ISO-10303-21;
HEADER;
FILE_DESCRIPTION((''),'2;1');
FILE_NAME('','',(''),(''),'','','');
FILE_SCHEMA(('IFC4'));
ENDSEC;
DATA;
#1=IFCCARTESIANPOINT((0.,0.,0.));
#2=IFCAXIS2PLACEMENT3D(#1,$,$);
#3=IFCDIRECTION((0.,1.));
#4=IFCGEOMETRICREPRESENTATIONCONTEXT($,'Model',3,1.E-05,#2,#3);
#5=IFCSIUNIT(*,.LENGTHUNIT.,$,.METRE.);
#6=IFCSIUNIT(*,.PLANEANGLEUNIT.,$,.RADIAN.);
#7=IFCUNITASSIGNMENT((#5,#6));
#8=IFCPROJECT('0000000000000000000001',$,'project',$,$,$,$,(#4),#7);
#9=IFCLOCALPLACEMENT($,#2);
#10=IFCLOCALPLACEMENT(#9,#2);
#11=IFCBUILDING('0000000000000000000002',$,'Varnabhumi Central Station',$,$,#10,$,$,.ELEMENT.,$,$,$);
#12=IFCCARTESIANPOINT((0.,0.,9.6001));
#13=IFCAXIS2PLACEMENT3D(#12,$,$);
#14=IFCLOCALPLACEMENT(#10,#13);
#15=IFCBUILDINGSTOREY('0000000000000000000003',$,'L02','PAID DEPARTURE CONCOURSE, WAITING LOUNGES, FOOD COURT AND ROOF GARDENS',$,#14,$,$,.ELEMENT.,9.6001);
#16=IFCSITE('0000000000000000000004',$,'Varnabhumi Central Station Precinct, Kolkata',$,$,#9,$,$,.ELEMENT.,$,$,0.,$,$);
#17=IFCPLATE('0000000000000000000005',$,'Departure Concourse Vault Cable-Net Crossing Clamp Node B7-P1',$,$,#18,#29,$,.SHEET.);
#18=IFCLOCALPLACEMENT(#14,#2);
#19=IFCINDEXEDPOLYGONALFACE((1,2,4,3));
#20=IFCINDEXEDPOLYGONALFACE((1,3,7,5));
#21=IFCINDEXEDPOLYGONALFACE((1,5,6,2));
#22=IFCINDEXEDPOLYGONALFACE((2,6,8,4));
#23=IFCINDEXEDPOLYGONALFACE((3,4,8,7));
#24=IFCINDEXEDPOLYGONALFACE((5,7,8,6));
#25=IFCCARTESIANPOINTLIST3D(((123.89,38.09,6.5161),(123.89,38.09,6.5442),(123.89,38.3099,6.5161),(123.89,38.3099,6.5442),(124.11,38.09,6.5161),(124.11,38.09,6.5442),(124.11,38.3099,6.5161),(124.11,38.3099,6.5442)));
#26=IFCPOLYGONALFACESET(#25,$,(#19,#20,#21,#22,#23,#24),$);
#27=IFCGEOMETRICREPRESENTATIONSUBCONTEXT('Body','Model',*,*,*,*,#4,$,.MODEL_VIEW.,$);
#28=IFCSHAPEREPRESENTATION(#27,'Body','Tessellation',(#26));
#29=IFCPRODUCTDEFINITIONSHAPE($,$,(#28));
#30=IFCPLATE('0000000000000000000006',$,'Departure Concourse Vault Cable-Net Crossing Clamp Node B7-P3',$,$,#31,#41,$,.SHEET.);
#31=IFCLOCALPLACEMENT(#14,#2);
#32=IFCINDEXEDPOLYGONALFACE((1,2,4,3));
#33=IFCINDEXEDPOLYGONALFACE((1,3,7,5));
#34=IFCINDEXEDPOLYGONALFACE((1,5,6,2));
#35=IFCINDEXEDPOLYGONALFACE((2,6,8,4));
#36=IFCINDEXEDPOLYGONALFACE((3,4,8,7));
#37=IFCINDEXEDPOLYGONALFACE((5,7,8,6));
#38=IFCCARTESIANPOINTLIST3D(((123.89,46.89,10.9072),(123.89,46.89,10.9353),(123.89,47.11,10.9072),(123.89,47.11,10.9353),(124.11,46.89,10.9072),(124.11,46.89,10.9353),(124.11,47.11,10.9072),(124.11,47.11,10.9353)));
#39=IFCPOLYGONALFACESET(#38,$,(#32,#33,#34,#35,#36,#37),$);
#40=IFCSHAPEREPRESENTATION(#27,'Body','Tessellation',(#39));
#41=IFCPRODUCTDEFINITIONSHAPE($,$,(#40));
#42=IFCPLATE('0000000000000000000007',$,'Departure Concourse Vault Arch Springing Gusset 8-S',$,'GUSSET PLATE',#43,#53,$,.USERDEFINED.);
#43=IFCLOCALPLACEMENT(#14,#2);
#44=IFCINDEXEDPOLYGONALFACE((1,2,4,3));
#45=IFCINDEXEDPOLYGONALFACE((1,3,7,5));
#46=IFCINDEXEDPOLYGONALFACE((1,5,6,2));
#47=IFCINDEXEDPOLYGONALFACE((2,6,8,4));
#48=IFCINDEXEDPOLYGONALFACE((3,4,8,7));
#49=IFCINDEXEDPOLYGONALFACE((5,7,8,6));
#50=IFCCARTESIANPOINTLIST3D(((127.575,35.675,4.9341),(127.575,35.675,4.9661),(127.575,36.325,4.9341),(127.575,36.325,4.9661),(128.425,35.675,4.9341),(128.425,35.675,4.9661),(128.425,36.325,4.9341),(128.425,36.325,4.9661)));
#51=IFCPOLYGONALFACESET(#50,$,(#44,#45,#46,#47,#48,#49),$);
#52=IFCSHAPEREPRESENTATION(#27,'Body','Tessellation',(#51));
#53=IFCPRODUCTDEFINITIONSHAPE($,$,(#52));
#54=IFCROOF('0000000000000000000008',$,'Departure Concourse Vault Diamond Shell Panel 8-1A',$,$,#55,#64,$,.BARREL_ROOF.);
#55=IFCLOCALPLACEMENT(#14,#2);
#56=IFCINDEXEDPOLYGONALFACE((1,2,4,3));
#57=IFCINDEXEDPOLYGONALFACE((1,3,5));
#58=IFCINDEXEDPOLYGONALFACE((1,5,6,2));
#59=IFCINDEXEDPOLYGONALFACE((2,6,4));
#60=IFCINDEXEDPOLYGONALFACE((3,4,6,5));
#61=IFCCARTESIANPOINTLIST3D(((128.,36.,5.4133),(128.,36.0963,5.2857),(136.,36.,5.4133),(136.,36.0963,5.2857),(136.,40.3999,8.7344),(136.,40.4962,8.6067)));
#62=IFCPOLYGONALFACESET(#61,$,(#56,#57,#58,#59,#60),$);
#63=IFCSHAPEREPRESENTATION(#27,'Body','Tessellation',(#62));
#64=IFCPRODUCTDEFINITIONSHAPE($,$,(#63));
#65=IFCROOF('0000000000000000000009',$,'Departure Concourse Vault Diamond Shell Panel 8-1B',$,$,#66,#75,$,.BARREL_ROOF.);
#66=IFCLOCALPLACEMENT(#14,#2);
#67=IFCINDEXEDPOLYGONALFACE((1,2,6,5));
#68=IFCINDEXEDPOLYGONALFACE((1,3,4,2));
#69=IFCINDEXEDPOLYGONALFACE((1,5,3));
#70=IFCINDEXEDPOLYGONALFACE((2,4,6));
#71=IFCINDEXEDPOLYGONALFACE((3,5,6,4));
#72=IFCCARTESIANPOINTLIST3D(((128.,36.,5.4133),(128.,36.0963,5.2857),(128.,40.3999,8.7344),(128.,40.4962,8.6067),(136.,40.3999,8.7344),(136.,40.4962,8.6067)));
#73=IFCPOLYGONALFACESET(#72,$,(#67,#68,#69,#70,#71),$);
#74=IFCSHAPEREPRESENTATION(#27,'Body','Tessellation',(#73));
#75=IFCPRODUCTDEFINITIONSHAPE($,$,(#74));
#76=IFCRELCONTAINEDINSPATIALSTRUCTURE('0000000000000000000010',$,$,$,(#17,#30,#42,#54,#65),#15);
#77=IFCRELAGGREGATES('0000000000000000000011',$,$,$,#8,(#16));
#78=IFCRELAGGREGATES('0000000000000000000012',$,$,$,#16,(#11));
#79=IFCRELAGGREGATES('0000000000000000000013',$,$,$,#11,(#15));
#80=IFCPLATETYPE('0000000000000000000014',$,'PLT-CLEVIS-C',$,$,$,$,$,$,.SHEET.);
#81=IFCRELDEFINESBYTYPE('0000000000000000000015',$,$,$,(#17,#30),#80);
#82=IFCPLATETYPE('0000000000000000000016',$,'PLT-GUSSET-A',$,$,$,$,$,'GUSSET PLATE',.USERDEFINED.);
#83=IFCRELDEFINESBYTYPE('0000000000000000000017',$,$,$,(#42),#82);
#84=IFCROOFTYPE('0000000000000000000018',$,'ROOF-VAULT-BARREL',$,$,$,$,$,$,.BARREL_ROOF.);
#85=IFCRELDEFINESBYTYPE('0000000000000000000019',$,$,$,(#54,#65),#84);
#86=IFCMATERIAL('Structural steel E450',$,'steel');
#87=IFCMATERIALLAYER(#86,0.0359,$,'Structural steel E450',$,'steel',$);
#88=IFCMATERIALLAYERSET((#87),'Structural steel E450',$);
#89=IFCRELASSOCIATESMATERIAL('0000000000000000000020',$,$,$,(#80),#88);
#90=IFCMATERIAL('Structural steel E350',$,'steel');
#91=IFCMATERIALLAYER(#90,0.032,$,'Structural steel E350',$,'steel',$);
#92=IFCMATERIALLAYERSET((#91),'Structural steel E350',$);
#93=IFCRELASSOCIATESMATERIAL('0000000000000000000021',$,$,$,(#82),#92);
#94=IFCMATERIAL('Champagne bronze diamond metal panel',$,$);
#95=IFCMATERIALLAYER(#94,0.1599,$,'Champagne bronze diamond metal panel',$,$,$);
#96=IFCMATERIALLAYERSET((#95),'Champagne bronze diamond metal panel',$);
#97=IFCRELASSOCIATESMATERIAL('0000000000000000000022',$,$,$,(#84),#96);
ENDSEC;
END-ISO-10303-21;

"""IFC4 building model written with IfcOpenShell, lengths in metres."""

from ifc_helpers import new_model, si_unit, direction, frame, origin, origin_2d, place, context, subcontext, project, spatial, polyline, rectangle, outline, extrude, material, layer, layer_set, type_object, element, save


model = new_model("IFC4")

# Units and contexts
model_context = context("Model", 3, precision=1e-05, world=origin(), true_north=direction((0.0, 1.0)))
body_context = subcontext(model_context, "Body", "Model", "MODEL_VIEW")
ifc_project = project(units=[si_unit("LENGTHUNIT", "METRE"), si_unit("PLANEANGLEUNIT", "RADIAN")], contexts=[model_context])

# Site, building, storey
site_placement = place(None, origin())
site = spatial("IfcSite", under=ifc_project, at=site_placement, Name="Varnabhumi Central Station Precinct, Kolkata", CompositionType="ELEMENT", RefElevation=0.0)
building_placement = place(site_placement, origin())
building = spatial("IfcBuilding", under=site, at=building_placement, Name="Varnabhumi Central Station", CompositionType="ELEMENT")
storey_placement = place(building_placement, frame((0.0, 0.0, 9.6001)))
storey = spatial("IfcBuildingStorey", under=building, at=storey_placement, Name="L02", Description="PAID DEPARTURE CONCOURSE, WAITING LOUNGES, FOOD COURT AND ROOF GARDENS", CompositionType="ELEMENT", Elevation=9.6001)

# Shared definitions
ifc_material_1 = material(Name="Structural steel E350", Category="steel")

# Plates
ifc_material_2 = material(Name="Structural steel E450", Category="steel")
ifc_layer_1 = layer(ifc_material_2, 0.0359, Name="Structural steel E450", Category="steel")
ifc_layer_set_1 = layer_set([ifc_layer_1], Name="Structural steel E450")
plate_type_1 = type_object("IfcPlateType", Name="PLT-CLEVIS-C", PredefinedType="SHEET", material=ifc_layer_set_1)
for number, where, z_axis, x_axis, name in (
    (1, (124.0, 38.2, 6.5161), (0.0, 0.0, 1.0), (1.0, 0.0, 0.0), "Departure Concourse Vault Cable-Net Crossing Clamp Node B7-P1"),
    (2, (124.0, 47.0, 10.9072), (0.0, 0.0, 1.0), (1.0, 0.0, 0.0), "Departure Concourse Vault Cable-Net Crossing Clamp Node B7-P3"),
):
    element("IfcPlate", number, at=place(storey_placement, frame(where, z_axis=z_axis, x_axis=x_axis)), inside=storey, type_object=plate_type_1, Name=name, PredefinedType="SHEET", context=body_context, shape_type="SweptSolid", body=[
        extrude(rectangle(XDim=0.22, YDim=0.22, at=origin_2d()), origin(), (0.0, 0.0, 1.0), 0.0281),
    ])
ifc_layer_2 = layer(ifc_material_1, 0.032, Name="Structural steel E350", Category="steel")
ifc_layer_set_2 = layer_set([ifc_layer_2], Name="Structural steel E350")
plate_type_2 = type_object("IfcPlateType", Name="PLT-GUSSET-A", ElementType="GUSSET PLATE", PredefinedType="USERDEFINED", material=ifc_layer_set_2)
plate_placement = place(storey_placement, frame((128.0, 36.0, 4.9341), z_axis=(0.0, 0.0, 1.0), x_axis=(1.0, 0.0, 0.0)))
element("IfcPlate", 3, at=plate_placement, inside=storey, type_object=plate_type_2, Name="Departure Concourse Vault Arch Springing Gusset 8-S", ObjectType="GUSSET PLATE", PredefinedType="USERDEFINED", context=body_context, shape_type="SweptSolid", body=[
    extrude(rectangle(XDim=0.8501, YDim=0.6499, at=origin_2d()), origin(), (0.0, 0.0, 1.0), 0.032),
])

# Roofs
ifc_material_3 = material(Name="Champagne bronze diamond metal panel")
ifc_layer_3 = layer(ifc_material_3, 0.1599, Name="Champagne bronze diamond metal panel")
ifc_layer_set_3 = layer_set([ifc_layer_3], Name="Champagne bronze diamond metal panel")
roof_type = type_object("IfcRoofType", Name="ROOF-VAULT-BARREL", PredefinedType="BARREL_ROOF", material=ifc_layer_set_3)
roof_1_placement = place(storey_placement, frame((128.0, 36.0, 5.4133), z_axis=(0.0, -0.602449, 0.798157), x_axis=(1.0, 0.0, 0.0)))
element("IfcRoof", 4, at=roof_1_placement, inside=storey, type_object=roof_type, Name="Departure Concourse Vault Diamond Shell Panel 8-1A", PredefinedType="BARREL_ROOF", context=body_context, shape_type="SweptSolid", body=[
    extrude(outline(polyline([(0.0, 0.0), (8.0, 0.0), (8.0, 5.5126), (0.0, 0.0)])), origin(), (0.0, 0.0, -1.0), 0.1599),
])
roof_2_placement = place(storey_placement, frame((128.0, 36.0, 5.4133), z_axis=(0.0, -0.602449, 0.798157), x_axis=(0.823437, 0.45288, 0.341834)))
element("IfcRoof", 5, at=roof_2_placement, inside=storey, type_object=roof_type, Name="Departure Concourse Vault Diamond Shell Panel 8-1B", PredefinedType="BARREL_ROOF", context=body_context, shape_type="SweptSolid", body=[
    extrude(outline(polyline([(0.0, 0.0), (9.7154, 0.0), (3.1279, 4.5393), (0.0, 0.0)])), origin(), (0.0, 0.0, -1.0), 0.1599),
])

save(model, "model.ifc")
